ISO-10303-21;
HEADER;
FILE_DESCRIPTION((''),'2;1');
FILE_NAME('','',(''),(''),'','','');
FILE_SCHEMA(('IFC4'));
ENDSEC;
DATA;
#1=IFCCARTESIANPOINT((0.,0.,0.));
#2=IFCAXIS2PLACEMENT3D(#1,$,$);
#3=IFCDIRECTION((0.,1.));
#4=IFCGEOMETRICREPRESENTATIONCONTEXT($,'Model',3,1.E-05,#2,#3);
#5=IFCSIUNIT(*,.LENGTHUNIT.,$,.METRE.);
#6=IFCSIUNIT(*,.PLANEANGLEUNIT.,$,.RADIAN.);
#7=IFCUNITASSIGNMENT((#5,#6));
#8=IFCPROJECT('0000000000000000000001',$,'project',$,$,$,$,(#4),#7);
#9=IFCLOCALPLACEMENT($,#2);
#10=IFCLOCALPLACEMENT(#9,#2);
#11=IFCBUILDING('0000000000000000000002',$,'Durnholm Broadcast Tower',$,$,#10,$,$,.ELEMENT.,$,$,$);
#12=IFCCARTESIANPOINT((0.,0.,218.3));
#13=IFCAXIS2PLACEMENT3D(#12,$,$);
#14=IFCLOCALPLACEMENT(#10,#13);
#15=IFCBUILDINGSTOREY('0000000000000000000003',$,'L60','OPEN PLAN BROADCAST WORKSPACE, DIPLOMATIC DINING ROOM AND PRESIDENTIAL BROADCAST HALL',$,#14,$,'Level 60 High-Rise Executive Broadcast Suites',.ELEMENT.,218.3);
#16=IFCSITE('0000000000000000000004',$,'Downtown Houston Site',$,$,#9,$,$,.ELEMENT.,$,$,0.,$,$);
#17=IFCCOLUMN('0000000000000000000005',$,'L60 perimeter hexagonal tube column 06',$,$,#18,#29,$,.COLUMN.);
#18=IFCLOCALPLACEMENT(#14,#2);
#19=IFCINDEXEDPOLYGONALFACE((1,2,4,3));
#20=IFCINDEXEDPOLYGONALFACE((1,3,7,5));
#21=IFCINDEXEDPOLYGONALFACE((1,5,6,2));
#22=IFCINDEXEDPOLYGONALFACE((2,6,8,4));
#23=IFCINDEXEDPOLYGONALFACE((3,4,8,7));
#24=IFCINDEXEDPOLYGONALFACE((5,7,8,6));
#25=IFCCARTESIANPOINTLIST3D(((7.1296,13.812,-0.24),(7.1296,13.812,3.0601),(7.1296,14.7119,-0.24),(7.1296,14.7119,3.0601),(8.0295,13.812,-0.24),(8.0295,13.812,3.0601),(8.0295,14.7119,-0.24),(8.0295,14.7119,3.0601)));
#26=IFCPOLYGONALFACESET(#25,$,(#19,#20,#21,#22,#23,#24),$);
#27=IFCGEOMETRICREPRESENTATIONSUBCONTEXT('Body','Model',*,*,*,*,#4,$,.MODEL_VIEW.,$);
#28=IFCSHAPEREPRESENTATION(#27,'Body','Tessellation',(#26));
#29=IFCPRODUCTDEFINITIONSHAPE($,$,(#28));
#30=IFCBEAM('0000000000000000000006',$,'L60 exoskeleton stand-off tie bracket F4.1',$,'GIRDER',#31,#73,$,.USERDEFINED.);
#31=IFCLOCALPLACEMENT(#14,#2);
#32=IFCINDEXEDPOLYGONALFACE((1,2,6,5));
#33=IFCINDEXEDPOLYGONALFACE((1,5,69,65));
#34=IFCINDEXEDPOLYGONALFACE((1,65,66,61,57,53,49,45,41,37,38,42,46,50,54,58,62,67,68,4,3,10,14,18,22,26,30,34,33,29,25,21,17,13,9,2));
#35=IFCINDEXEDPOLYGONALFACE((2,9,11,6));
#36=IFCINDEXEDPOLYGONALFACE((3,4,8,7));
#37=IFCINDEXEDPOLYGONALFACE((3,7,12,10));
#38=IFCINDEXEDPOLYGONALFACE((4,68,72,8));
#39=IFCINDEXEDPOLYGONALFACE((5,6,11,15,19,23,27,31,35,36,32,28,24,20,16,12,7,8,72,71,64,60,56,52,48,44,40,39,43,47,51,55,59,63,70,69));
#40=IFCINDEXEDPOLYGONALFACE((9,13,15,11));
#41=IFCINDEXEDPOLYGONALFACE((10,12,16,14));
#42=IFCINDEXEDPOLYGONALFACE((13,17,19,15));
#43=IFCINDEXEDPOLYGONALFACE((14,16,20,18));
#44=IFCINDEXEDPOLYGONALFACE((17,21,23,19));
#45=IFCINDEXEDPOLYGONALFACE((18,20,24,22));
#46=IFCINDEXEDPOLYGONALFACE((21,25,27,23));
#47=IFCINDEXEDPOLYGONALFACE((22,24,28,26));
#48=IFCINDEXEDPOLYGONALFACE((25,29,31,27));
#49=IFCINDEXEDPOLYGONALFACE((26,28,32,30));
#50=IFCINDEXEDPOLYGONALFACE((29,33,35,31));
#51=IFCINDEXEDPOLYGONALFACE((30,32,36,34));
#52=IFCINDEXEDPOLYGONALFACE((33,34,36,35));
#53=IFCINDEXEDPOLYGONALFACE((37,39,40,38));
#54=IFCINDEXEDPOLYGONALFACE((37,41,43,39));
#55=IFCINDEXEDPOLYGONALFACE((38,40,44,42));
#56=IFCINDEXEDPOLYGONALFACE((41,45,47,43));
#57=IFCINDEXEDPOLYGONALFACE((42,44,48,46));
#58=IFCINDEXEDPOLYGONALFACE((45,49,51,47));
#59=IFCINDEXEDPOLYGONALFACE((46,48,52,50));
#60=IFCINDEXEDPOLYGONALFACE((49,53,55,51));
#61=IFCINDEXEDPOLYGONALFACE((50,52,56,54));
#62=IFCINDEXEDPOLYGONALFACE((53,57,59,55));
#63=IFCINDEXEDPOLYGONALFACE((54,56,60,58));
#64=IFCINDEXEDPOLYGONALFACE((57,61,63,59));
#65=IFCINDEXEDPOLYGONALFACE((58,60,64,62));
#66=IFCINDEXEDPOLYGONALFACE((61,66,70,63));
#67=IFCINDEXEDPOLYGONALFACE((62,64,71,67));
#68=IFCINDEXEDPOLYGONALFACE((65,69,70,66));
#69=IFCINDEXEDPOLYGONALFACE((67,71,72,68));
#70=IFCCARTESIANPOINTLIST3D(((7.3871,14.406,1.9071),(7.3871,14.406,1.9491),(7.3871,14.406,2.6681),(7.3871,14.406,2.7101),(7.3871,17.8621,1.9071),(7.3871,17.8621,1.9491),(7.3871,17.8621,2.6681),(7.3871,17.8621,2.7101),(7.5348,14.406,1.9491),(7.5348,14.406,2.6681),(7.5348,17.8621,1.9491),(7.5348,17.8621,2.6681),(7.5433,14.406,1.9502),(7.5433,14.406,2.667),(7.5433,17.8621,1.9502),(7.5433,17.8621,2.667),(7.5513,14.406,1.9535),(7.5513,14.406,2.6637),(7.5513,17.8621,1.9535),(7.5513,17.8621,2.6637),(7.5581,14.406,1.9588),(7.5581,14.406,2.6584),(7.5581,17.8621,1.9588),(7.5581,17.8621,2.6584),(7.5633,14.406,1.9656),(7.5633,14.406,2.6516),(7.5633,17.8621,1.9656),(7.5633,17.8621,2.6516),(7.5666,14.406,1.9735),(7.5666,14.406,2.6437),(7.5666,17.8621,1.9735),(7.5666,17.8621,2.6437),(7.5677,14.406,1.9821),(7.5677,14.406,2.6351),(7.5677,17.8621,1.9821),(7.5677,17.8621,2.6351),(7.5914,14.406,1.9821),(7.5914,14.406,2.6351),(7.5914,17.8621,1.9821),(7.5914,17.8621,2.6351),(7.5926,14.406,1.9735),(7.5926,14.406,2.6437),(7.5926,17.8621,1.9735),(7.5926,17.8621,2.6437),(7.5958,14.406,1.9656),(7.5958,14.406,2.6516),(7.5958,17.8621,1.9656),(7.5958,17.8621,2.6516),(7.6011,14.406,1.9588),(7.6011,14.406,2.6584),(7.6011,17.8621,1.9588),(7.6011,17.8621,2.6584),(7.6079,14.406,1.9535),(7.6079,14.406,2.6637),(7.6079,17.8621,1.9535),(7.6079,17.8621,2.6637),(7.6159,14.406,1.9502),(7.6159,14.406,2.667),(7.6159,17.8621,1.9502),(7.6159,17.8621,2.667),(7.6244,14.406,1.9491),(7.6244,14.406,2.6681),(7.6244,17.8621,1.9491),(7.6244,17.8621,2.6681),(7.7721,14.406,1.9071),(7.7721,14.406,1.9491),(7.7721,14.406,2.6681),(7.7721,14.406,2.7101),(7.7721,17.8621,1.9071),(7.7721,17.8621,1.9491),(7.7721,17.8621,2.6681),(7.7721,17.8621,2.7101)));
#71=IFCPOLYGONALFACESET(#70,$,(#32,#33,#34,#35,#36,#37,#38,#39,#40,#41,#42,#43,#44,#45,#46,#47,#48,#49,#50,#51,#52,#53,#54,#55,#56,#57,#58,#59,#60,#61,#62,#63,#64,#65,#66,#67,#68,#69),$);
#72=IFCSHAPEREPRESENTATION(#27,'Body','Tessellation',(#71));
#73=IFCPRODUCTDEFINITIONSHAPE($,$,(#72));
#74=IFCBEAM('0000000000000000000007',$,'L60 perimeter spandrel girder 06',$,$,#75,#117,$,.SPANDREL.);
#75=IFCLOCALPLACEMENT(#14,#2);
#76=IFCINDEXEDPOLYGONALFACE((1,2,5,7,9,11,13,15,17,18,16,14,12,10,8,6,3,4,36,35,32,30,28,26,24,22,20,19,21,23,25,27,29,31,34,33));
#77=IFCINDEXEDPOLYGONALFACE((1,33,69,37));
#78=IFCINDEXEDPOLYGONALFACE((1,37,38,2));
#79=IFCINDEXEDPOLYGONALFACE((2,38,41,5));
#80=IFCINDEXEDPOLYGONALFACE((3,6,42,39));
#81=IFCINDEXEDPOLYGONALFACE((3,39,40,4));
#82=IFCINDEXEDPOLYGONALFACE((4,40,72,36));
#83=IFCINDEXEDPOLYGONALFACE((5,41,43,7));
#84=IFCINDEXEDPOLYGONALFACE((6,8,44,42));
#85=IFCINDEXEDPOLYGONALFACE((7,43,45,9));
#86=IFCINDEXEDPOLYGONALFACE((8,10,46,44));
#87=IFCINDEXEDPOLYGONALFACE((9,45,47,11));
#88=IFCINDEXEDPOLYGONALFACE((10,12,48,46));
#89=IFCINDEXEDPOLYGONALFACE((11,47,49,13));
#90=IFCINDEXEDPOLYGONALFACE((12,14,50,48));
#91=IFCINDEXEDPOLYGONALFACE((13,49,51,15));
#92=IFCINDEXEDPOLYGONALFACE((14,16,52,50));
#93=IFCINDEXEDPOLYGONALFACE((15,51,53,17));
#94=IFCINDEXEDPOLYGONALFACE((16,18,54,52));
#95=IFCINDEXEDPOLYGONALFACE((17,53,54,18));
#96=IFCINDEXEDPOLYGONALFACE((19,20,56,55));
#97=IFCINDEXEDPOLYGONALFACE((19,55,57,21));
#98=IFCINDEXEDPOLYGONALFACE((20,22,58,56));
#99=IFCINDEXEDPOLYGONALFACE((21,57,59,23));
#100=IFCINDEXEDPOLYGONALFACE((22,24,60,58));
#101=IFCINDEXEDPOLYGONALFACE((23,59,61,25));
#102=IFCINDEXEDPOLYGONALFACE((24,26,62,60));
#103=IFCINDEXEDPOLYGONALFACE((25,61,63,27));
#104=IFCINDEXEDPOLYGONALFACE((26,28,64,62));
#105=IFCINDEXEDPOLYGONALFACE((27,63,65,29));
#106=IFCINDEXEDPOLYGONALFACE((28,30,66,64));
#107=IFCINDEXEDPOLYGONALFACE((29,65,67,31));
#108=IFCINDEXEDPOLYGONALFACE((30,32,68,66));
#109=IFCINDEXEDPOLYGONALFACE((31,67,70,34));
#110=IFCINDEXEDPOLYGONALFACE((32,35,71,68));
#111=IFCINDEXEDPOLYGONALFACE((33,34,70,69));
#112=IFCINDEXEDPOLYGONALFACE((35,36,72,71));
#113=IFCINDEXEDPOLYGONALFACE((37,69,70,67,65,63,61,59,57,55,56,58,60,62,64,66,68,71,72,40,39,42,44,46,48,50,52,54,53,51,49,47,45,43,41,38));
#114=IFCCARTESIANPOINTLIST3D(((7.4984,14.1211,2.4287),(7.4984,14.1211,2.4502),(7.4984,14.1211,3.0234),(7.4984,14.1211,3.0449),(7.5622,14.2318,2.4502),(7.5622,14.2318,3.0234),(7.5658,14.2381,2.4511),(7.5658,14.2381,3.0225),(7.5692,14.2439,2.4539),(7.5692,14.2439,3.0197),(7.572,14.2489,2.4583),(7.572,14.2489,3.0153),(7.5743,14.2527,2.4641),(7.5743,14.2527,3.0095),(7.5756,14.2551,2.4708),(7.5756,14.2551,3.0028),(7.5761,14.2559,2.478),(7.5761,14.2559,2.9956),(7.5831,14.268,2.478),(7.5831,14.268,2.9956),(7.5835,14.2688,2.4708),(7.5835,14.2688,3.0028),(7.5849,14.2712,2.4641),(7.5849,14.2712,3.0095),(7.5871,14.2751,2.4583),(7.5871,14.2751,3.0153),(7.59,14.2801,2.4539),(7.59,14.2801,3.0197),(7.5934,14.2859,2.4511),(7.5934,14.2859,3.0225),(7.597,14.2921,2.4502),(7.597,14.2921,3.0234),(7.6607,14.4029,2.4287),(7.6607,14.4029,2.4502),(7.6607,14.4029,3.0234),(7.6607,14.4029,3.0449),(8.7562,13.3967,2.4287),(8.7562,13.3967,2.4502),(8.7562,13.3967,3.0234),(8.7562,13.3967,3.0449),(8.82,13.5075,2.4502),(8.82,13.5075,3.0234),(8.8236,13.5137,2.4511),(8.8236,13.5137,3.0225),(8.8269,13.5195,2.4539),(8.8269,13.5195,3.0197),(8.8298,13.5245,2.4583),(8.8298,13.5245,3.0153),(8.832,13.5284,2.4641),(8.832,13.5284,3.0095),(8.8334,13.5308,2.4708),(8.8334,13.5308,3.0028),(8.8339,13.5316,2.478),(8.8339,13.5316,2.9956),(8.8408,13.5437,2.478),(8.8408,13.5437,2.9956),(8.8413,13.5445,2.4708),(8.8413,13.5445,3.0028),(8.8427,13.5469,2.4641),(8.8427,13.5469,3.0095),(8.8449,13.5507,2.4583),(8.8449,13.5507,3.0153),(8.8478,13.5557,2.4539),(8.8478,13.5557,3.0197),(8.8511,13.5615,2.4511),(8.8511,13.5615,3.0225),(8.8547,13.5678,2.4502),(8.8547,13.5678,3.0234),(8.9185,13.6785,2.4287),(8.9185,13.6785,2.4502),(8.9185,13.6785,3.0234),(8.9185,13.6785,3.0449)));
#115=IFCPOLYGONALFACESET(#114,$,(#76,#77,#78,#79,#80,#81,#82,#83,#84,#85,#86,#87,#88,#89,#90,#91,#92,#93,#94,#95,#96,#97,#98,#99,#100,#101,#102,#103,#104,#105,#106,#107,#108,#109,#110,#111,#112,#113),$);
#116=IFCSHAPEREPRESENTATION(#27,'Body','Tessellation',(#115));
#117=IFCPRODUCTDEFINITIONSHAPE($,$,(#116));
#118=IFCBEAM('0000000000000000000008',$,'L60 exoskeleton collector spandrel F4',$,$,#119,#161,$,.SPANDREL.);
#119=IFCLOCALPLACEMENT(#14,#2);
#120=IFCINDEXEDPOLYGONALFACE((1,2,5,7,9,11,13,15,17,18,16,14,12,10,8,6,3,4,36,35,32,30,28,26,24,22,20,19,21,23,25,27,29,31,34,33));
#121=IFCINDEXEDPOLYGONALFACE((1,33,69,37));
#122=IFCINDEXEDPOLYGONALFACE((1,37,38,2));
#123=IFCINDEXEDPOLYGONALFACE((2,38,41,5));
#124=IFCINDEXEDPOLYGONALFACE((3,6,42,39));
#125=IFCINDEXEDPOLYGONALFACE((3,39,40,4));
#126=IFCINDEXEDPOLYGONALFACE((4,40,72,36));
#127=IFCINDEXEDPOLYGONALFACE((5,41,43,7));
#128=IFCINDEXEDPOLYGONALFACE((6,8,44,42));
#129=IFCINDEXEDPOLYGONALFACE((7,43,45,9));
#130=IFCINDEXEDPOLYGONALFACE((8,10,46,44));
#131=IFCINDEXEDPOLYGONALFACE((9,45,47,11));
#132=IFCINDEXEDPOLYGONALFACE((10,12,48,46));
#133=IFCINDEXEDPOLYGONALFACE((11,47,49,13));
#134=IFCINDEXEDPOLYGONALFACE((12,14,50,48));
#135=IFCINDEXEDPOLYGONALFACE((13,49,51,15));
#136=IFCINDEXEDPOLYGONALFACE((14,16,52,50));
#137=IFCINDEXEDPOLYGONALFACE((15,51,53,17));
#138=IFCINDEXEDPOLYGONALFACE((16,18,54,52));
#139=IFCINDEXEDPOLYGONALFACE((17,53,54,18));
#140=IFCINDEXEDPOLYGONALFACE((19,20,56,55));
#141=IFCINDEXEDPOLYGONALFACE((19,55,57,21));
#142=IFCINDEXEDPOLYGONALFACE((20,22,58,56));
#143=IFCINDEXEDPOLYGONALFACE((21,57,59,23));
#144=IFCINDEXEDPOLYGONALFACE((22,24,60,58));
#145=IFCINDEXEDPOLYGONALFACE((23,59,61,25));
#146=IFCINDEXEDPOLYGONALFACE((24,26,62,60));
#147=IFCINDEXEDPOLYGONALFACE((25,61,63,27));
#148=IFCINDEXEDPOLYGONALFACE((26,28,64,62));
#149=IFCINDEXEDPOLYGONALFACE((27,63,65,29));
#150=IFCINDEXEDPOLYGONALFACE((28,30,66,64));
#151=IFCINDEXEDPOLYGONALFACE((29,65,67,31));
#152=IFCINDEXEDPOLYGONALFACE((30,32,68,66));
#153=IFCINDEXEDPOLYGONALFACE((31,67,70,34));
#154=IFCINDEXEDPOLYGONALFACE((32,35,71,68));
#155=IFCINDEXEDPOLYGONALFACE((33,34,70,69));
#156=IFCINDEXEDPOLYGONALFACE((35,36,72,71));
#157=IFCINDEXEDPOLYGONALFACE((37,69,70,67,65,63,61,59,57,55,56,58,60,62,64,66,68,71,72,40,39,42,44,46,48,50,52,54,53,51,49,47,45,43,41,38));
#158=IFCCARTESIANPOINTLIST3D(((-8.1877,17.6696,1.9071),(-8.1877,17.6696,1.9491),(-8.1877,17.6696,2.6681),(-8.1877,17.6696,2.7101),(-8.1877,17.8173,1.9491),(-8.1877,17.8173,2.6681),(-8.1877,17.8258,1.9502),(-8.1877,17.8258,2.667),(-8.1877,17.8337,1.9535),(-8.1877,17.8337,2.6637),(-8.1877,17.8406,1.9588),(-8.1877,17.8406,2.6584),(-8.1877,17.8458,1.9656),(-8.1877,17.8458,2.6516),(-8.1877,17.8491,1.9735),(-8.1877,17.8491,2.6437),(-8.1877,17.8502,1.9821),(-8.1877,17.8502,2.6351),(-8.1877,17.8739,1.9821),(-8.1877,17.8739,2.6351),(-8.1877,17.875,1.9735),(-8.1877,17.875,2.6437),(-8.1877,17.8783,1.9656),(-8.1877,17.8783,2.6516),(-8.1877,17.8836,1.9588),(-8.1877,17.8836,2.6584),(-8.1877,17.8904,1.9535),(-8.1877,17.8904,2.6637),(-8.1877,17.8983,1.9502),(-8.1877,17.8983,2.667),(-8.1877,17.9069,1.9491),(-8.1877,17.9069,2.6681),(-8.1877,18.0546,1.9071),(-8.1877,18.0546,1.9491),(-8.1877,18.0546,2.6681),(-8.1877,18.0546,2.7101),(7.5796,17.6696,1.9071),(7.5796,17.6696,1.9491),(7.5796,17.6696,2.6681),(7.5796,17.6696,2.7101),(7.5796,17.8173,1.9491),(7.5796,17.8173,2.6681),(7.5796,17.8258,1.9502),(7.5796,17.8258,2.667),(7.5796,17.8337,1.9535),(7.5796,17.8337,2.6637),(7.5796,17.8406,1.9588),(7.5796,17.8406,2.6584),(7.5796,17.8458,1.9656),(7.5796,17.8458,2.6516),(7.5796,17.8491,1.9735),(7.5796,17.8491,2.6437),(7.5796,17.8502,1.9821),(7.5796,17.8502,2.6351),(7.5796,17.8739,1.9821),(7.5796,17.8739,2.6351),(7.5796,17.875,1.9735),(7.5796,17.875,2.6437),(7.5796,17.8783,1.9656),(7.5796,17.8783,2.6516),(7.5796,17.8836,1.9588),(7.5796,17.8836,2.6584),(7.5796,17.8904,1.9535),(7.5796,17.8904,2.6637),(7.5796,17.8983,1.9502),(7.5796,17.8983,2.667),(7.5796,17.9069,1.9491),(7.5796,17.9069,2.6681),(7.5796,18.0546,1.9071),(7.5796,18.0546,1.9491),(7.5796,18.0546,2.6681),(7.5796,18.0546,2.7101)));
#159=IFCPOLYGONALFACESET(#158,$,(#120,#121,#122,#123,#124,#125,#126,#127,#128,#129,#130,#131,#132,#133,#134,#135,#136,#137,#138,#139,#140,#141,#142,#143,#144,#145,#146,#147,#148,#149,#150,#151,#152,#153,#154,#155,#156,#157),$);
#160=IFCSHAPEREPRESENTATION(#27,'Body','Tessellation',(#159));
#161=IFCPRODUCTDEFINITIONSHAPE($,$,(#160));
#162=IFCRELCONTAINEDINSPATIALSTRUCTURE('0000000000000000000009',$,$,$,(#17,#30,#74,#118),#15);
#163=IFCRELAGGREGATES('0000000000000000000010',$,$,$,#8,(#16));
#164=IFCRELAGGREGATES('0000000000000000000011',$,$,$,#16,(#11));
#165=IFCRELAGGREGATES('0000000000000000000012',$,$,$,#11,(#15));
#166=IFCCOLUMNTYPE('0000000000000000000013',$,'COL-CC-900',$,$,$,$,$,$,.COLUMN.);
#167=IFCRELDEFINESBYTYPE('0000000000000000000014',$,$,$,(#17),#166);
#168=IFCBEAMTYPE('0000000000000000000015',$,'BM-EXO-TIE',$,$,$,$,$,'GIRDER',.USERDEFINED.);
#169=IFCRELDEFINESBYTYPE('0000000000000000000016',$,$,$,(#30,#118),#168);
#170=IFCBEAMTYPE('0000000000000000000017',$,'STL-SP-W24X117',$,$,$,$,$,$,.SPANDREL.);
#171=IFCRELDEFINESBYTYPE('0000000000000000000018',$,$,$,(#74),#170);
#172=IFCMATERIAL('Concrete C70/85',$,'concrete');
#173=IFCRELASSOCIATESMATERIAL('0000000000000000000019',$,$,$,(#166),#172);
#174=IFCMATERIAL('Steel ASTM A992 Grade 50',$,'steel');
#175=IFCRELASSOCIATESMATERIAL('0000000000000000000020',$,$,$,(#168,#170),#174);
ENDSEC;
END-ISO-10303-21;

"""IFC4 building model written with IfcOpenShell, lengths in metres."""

from ifc_helpers import new_model, si_unit, direction, frame, origin, origin_2d, place, context, subcontext, project, spatial, rectangle, i_section, extrude, source, transform, mapped, material, material_profile, profile_set, type_object, type_shapes, element, save


model = new_model("IFC4")

# Units and contexts
model_context = context("Model", 3, precision=1e-05, world=origin(), true_north=direction((0.0, 1.0)))
body_context = subcontext(model_context, "Body", "Model", "MODEL_VIEW")
ifc_project = project(units=[si_unit("LENGTHUNIT", "METRE"), si_unit("PLANEANGLEUNIT", "RADIAN")], contexts=[model_context])

# Site, building, storey
site_placement = place(None, origin())
site = spatial("IfcSite", under=ifc_project, at=site_placement, Name="Downtown Houston Site", CompositionType="ELEMENT", RefElevation=0.0)
building_placement = place(site_placement, origin())
building = spatial("IfcBuilding", under=site, at=building_placement, Name="Durnholm Broadcast Tower", CompositionType="ELEMENT")
storey_placement = place(building_placement, frame((0.0, 0.0, 218.3)))
storey = spatial("IfcBuildingStorey", under=building, at=storey_placement, Name="L60", Description="OPEN PLAN BROADCAST WORKSPACE, DIPLOMATIC DINING ROOM AND PRESIDENTIAL BROADCAST HALL", LongName="Level 60 High-Rise Executive Broadcast Suites", CompositionType="ELEMENT", Elevation=218.3)

# Column
ifc_material_1 = material(Name="Concrete C70/85", Category="concrete")
ifc_material_profile_1 = material_profile(ifc_material_1, rectangle(XDim=0.8999, YDim=0.8999, at=origin_2d()), Name="RC900X900")
ifc_profile_set_1 = profile_set([ifc_material_profile_1], Name="Concrete C70/85")
column_type = type_object("IfcColumnType", Name="COL-CC-900", PredefinedType="COLUMN", material=ifc_profile_set_1)
shared_shape_1 = source(origin(), body_context, "Body", "SweptSolid", [
    extrude(rectangle(XDim=0.8999, YDim=0.8999, at=origin_2d()), origin(), (0.0, 0.0, 1.0), 3.3),
])
type_shapes(column_type, [shared_shape_1])
column_placement = place(storey_placement, frame((7.5796, 14.262, -0.24), z_axis=(0.0, 0.0, 1.0), x_axis=(1.0, 0.0, 0.0)))
element("IfcColumn", 1, at=column_placement, inside=storey, type_object=column_type, Name="L60 perimeter hexagonal tube column 06", PredefinedType="COLUMN", context=body_context, shape_type="MappedRepresentation", body=[
    mapped(shared_shape_1, transform((0.0, 0.0, 0.0), x_axis=(1.0, 0.0, 0.0), y_axis=(0.0, 1.0, 0.0), z_axis=(0.0, 0.0, 1.0), scale=1.0)),
])

# Beams
ifc_material_2 = material(Name="Steel ASTM A992 Grade 50", Category="steel")
ifc_material_profile_2 = material_profile(ifc_material_2, i_section(OverallWidth=0.385, OverallDepth=0.803, WebThickness=0.0237, FlangeThickness=0.042, FilletRadius=0.033, at=origin_2d()), Name="W30X261")
ifc_profile_set_2 = profile_set([ifc_material_profile_2], Name="Steel ASTM A992 Grade 50")
beam_type_1 = type_object("IfcBeamType", Name="BM-EXO-TIE", ElementType="GIRDER", PredefinedType="USERDEFINED", material=ifc_profile_set_2)
shared_shape_2 = source(origin(), body_context, "Body", "SweptSolid", [
    extrude(i_section(OverallWidth=0.385, OverallDepth=0.803, WebThickness=0.0237, FlangeThickness=0.042, FilletRadius=0.033, at=origin_2d()), origin(), (0.0, 0.0, 1.0), 3.4561),
])
beam_1_placement = place(storey_placement, frame((7.5796, 14.406, 2.3086), z_axis=(0.0, 1.0, 0.0), x_axis=(-1.0, 0.0, 0.0)))
element("IfcBeam", 2, at=beam_1_placement, inside=storey, type_object=beam_type_1, Name="L60 exoskeleton stand-off tie bracket F4.1", ObjectType="GIRDER", PredefinedType="USERDEFINED", context=body_context, shape_type="MappedRepresentation", body=[
    mapped(shared_shape_2, transform((0.0, 0.0, 0.0), x_axis=(1.0, 0.0, 0.0), y_axis=(0.0, 1.0, 0.0), z_axis=(0.0, 0.0, 1.0), scale=1.0)),
])
ifc_material_profile_3 = material_profile(ifc_material_2, i_section(OverallWidth=0.3252, OverallDepth=0.6162, WebThickness=0.0139, FlangeThickness=0.0215, FilletRadius=0.0278, at=origin_2d()), Name="W24X117")
ifc_profile_set_3 = profile_set([ifc_material_profile_3], Name="Steel ASTM A992 Grade 50")
beam_type_2 = type_object("IfcBeamType", Name="STL-SP-W24X117", PredefinedType="SPANDREL", material=ifc_profile_set_3)
shared_shape_3 = source(origin(), body_context, "Body", "SweptSolid", [
    extrude(i_section(OverallWidth=0.3252, OverallDepth=0.6162, WebThickness=0.0139, FlangeThickness=0.0215, FilletRadius=0.0278, at=origin_2d()), origin(), (0.0, 0.0, 1.0), 1.4514),
])
type_shapes(beam_type_2, [shared_shape_3])
beam_2_placement = place(storey_placement, frame((7.5796, 14.262, 2.7368), z_axis=(0.866572, -0.499052, 0.0), x_axis=(0.499052, 0.866572, 0.0)))
element("IfcBeam", 3, at=beam_2_placement, inside=storey, type_object=beam_type_2, Name="L60 perimeter spandrel girder 06", PredefinedType="SPANDREL", context=body_context, shape_type="MappedRepresentation", body=[
    mapped(shared_shape_3, transform((0.0, 0.0, 0.0), x_axis=(1.0, 0.0, 0.0), y_axis=(0.0, 1.0, 0.0), z_axis=(0.0, 0.0, 1.0), scale=1.0)),
])
shared_shape_4 = source(origin(), body_context, "Body", "SweptSolid", [
    extrude(i_section(OverallWidth=0.385, OverallDepth=0.803, WebThickness=0.0237, FlangeThickness=0.042, FilletRadius=0.033, at=origin_2d()), origin(), (0.0, 0.0, 1.0), 15.7673),
])
type_shapes(beam_type_1, [shared_shape_2, shared_shape_4])
beam_3_placement = place(storey_placement, frame((7.5796, 17.8621, 2.3086), z_axis=(-1.0, 0.0, 0.0), x_axis=(0.0, -1.0, 0.0)))
element("IfcBeam", 4, at=beam_3_placement, inside=storey, type_object=beam_type_1, Name="L60 exoskeleton collector spandrel F4", PredefinedType="SPANDREL", context=body_context, shape_type="MappedRepresentation", body=[
    mapped(shared_shape_4, transform((0.0, 0.0, 0.0), x_axis=(1.0, 0.0, 0.0), y_axis=(0.0, 1.0, 0.0), z_axis=(0.0, 0.0, 1.0), scale=1.0)),
])

save(model, "model.ifc")
